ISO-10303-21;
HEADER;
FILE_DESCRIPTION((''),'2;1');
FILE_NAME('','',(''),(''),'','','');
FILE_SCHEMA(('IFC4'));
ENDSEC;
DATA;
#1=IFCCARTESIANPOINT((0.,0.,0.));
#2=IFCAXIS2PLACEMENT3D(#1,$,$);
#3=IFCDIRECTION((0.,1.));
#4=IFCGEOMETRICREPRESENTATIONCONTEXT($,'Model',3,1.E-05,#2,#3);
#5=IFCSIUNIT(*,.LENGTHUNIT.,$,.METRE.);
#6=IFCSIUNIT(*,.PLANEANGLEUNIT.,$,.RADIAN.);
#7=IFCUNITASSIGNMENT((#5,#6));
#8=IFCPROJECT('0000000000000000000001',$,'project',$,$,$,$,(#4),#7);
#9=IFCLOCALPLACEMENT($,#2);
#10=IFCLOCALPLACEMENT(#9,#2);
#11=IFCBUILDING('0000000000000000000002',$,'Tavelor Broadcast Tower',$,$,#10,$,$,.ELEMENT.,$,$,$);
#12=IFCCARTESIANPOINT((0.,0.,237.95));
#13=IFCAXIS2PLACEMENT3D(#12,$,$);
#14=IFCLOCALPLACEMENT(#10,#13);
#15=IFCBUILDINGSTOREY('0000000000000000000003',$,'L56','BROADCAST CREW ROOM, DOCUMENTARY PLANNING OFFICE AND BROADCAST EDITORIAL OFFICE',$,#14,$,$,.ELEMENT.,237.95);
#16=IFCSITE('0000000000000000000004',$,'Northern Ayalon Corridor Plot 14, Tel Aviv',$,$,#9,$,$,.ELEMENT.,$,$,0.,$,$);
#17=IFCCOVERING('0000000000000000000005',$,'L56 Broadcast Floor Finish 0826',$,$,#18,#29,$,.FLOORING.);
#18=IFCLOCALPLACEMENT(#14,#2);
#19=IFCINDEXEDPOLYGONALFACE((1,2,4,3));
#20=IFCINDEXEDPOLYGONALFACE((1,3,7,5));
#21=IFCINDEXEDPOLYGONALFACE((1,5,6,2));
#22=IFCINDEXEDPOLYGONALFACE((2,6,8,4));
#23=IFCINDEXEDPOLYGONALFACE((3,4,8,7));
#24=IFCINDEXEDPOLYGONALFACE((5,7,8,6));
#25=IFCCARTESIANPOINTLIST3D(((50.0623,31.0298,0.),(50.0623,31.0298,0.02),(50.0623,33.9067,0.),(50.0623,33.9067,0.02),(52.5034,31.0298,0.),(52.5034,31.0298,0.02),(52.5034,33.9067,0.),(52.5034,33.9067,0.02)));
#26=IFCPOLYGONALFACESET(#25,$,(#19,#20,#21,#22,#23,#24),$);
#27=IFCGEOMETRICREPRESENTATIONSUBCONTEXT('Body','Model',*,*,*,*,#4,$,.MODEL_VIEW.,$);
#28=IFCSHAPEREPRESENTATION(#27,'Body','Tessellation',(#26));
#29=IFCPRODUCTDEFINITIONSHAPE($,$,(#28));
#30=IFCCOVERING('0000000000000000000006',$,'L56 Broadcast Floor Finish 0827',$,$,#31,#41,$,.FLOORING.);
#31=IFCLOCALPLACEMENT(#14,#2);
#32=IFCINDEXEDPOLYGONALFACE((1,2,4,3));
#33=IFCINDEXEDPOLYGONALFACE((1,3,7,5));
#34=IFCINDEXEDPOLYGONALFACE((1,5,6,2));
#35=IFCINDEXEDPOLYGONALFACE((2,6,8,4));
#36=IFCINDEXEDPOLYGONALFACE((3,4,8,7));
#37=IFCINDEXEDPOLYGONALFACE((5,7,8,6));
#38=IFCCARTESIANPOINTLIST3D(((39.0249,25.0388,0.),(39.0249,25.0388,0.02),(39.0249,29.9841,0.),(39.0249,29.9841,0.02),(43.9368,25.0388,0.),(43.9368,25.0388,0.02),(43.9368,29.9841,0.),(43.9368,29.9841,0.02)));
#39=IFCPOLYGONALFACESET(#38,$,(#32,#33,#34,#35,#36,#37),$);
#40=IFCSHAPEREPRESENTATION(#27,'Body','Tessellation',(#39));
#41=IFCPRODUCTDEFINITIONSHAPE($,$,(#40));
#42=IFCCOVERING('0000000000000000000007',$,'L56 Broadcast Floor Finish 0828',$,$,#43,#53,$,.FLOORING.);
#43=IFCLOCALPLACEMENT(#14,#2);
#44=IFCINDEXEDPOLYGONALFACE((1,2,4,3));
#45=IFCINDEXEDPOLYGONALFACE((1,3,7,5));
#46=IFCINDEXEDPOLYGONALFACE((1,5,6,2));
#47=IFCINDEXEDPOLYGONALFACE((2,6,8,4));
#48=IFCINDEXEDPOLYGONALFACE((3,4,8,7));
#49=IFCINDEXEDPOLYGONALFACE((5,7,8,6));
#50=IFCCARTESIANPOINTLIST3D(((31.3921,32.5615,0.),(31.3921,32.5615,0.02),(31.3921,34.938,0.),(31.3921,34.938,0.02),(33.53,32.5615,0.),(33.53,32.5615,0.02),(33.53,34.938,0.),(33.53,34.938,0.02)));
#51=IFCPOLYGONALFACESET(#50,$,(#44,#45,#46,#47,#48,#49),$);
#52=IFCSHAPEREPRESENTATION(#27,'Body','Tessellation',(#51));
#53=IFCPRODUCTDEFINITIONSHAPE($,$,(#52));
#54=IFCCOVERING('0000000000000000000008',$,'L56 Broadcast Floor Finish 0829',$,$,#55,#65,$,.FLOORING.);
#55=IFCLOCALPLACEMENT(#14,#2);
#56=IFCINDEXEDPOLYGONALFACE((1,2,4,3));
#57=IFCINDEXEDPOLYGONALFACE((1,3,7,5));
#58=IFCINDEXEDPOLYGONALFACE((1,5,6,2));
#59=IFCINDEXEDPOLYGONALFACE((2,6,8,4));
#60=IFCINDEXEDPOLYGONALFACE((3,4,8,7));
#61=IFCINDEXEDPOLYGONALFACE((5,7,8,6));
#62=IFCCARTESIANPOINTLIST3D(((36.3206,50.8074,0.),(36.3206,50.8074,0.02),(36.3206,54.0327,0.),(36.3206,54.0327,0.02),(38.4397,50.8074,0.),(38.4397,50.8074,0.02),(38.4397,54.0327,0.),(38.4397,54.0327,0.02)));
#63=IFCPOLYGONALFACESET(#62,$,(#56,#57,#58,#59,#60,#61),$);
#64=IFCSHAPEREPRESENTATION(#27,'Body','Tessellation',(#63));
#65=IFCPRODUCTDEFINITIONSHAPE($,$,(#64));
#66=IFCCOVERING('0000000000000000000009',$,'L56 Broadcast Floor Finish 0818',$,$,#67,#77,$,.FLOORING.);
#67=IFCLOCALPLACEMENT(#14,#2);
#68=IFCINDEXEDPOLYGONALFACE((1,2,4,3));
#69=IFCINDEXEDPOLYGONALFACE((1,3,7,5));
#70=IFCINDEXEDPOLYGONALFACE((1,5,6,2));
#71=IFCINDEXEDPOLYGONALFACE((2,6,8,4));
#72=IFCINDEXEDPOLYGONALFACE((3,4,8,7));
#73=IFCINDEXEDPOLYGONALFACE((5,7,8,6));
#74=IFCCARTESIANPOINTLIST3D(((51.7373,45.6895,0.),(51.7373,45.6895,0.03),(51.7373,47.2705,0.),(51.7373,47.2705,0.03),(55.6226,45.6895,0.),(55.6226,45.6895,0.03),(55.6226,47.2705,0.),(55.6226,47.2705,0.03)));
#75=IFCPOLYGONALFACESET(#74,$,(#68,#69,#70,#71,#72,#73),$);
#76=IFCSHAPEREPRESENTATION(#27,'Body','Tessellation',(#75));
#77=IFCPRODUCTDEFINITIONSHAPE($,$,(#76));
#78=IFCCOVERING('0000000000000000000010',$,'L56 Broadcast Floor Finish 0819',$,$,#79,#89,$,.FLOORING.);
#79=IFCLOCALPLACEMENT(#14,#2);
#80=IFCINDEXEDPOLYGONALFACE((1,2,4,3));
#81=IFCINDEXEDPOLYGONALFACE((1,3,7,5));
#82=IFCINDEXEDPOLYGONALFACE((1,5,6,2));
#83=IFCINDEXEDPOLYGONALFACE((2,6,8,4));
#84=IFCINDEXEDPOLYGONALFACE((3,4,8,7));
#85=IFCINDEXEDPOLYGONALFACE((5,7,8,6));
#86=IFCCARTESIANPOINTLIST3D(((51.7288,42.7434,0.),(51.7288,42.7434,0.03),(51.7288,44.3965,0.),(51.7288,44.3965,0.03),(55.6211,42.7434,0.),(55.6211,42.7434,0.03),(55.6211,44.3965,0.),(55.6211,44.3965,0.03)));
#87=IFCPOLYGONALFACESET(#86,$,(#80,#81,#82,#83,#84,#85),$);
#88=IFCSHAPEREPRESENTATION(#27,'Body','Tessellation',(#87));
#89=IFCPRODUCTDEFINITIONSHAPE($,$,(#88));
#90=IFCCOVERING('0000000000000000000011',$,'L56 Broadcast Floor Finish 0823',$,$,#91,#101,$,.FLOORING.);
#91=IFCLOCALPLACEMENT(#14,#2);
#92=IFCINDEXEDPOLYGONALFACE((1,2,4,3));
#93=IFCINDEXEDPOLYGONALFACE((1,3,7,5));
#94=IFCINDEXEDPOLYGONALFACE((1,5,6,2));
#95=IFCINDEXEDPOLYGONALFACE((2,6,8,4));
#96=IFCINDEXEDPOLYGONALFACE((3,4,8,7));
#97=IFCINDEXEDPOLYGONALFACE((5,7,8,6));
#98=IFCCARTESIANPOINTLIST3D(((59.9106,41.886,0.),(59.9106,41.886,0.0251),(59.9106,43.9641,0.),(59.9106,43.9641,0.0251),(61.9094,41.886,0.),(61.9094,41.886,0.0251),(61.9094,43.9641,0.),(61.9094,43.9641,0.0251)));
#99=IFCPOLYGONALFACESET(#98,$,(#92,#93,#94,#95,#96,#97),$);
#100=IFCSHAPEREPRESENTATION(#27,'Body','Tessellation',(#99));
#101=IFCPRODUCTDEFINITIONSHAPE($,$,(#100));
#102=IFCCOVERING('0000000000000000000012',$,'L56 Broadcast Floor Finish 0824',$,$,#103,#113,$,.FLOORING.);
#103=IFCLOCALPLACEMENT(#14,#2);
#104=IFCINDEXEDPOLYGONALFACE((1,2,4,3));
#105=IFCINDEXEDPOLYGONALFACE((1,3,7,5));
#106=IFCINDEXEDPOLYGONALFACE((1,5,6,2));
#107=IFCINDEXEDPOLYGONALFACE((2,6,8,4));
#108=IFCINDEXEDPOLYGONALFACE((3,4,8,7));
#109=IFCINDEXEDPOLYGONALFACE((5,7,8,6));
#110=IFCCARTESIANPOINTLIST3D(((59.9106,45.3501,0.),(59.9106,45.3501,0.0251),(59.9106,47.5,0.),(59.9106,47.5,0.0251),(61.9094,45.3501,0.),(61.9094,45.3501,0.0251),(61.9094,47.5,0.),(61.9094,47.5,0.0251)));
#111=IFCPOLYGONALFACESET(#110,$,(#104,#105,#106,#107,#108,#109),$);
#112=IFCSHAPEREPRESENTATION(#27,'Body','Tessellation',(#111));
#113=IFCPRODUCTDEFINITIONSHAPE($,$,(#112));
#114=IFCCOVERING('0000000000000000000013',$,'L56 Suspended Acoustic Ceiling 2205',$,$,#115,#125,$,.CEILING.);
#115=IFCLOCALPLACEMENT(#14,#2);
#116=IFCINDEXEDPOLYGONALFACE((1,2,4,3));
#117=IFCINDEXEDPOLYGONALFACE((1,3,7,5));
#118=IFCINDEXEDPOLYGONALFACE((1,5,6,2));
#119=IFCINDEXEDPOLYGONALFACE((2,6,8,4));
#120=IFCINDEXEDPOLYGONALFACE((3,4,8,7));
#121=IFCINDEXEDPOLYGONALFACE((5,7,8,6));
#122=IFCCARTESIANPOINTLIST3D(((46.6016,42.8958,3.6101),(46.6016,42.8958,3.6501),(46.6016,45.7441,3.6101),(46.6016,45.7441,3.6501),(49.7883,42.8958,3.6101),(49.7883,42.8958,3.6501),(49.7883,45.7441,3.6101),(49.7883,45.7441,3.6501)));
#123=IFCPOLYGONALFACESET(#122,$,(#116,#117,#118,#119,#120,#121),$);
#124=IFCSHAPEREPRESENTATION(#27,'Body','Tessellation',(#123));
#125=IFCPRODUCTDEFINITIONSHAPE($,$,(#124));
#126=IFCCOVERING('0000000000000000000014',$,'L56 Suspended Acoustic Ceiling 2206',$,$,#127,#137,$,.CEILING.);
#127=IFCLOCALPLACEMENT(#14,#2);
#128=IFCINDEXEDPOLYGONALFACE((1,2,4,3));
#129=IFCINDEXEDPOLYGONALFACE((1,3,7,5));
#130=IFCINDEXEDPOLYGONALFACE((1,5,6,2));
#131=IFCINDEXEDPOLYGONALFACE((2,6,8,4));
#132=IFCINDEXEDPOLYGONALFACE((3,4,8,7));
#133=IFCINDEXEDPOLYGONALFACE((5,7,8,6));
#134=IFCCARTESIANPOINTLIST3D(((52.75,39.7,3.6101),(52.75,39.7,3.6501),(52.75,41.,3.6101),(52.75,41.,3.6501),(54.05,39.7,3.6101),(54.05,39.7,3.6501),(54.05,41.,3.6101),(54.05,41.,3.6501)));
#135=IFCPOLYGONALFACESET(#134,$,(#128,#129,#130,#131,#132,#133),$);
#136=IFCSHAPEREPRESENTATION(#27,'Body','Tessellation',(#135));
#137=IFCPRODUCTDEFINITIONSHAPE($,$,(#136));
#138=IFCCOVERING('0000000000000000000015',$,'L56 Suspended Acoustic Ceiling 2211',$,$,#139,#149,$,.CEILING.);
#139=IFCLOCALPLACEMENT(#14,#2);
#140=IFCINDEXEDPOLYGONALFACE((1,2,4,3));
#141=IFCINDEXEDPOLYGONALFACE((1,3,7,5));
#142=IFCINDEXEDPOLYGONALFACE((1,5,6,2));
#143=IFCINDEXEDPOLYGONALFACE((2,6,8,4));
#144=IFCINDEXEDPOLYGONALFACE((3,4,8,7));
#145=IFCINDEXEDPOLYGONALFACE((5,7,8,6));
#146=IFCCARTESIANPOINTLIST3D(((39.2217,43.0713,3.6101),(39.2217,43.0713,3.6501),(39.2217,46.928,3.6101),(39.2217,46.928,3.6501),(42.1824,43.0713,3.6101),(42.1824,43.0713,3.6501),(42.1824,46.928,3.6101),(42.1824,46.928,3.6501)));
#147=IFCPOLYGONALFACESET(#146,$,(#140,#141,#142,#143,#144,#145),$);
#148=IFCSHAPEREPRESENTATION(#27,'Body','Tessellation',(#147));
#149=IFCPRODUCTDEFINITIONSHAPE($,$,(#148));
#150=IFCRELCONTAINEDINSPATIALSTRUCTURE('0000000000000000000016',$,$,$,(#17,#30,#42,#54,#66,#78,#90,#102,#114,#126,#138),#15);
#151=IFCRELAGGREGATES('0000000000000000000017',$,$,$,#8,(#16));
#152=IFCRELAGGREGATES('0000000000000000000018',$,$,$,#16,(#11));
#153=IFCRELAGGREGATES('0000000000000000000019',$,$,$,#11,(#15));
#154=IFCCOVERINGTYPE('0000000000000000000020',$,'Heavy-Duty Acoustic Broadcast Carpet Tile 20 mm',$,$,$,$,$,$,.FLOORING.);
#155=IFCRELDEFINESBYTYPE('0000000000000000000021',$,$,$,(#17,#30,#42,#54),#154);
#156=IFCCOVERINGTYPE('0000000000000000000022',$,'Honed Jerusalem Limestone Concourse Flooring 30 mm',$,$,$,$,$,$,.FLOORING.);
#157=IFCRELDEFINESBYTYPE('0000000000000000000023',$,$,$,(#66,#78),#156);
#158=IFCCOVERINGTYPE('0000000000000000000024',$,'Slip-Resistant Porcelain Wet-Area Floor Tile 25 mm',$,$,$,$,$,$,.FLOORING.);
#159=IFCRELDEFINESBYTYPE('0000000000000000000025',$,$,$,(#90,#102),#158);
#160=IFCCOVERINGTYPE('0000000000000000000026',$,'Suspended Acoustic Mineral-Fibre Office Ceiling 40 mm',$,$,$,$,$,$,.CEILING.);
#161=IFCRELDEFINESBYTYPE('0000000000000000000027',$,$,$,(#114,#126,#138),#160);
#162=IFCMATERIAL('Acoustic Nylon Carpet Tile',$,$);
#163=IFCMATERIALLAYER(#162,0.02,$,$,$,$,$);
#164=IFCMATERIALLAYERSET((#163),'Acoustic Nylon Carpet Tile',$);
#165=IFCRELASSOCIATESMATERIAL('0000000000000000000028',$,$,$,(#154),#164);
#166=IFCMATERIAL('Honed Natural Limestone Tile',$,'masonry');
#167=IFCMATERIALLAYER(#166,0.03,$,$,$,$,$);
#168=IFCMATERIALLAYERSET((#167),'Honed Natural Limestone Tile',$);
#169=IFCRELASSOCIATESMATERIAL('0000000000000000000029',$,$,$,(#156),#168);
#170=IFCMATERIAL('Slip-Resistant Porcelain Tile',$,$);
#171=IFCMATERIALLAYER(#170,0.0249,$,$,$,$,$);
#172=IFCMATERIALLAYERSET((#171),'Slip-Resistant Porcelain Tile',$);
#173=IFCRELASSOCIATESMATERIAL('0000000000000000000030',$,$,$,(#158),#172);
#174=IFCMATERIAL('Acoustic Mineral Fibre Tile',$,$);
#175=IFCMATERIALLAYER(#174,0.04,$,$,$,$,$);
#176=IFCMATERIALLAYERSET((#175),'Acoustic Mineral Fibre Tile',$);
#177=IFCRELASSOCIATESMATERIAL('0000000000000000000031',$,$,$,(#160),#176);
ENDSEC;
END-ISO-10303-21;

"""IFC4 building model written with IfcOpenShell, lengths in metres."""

from ifc_helpers import new_model, si_unit, direction, frame, origin, place, context, subcontext, project, spatial, polyline, outline, extrude, material, layer, layer_set, type_object, element, save


model = new_model("IFC4")

# Units and contexts
model_context = context("Model", 3, precision=1e-05, world=origin(), true_north=direction((0.0, 1.0)))
body_context = subcontext(model_context, "Body", "Model", "MODEL_VIEW")
ifc_project = project(units=[si_unit("LENGTHUNIT", "METRE"), si_unit("PLANEANGLEUNIT", "RADIAN")], contexts=[model_context])

# Site, building, storey
site_placement = place(None, origin())
site = spatial("IfcSite", under=ifc_project, at=site_placement, Name="Northern Ayalon Corridor Plot 14, Tel Aviv", CompositionType="ELEMENT", RefElevation=0.0)
building_placement = place(site_placement, origin())
building = spatial("IfcBuilding", under=site, at=building_placement, Name="Tavelor Broadcast Tower", CompositionType="ELEMENT")
storey_placement = place(building_placement, frame((0.0, 0.0, 237.95)))
storey = spatial("IfcBuildingStorey", under=building, at=storey_placement, Name="L56", Description="BROADCAST CREW ROOM, DOCUMENTARY PLANNING OFFICE AND BROADCAST EDITORIAL OFFICE", CompositionType="ELEMENT", Elevation=237.95)

# Coverings
ifc_material_1 = material(Name="Acoustic Nylon Carpet Tile")
ifc_layer_1 = layer(ifc_material_1, 0.02)
ifc_layer_set_1 = layer_set([ifc_layer_1], Name="Acoustic Nylon Carpet Tile")
covering_type_1 = type_object("IfcCoveringType", Name="Heavy-Duty Acoustic Broadcast Carpet Tile 20 mm", PredefinedType="FLOORING", material=ifc_layer_set_1)
covering_1_placement = place(storey_placement, origin())
element("IfcCovering", 1, at=covering_1_placement, inside=storey, type_object=covering_type_1, Name="L56 Broadcast Floor Finish 0826", PredefinedType="FLOORING", context=body_context, shape_type="SweptSolid", body=[
    extrude(outline(polyline([(50.0623, 31.0298), (52.5034, 31.0298), (52.5034, 33.9067), (50.0623, 33.9067), (50.0623, 31.0298)])), origin(), (0.0, 0.0, 1.0), 0.02),
])
covering_2_placement = place(storey_placement, origin())
element("IfcCovering", 2, at=covering_2_placement, inside=storey, type_object=covering_type_1, Name="L56 Broadcast Floor Finish 0827", PredefinedType="FLOORING", context=body_context, shape_type="SweptSolid", body=[
    extrude(outline(polyline([(39.0249, 25.0388), (43.9368, 25.0388), (43.9368, 29.9841), (39.0249, 29.9841), (39.0249, 25.0388)])), origin(), (0.0, 0.0, 1.0), 0.02),
])
covering_3_placement = place(storey_placement, origin())
element("IfcCovering", 3, at=covering_3_placement, inside=storey, type_object=covering_type_1, Name="L56 Broadcast Floor Finish 0828", PredefinedType="FLOORING", context=body_context, shape_type="SweptSolid", body=[
    extrude(outline(polyline([(31.3921, 32.5615), (33.53, 32.5615), (33.53, 34.938), (31.3921, 34.938), (31.3921, 32.5615)])), origin(), (0.0, 0.0, 1.0), 0.02),
])
covering_4_placement = place(storey_placement, origin())
element("IfcCovering", 4, at=covering_4_placement, inside=storey, type_object=covering_type_1, Name="L56 Broadcast Floor Finish 0829", PredefinedType="FLOORING", context=body_context, shape_type="SweptSolid", body=[
    extrude(outline(polyline([(36.3206, 50.8074), (38.4397, 50.8074), (38.4397, 54.0327), (36.3206, 54.0327), (36.3206, 50.8074)])), origin(), (0.0, 0.0, 1.0), 0.02),
])
ifc_material_2 = material(Name="Honed Natural Limestone Tile", Category="masonry")
ifc_layer_2 = layer(ifc_material_2, 0.03)
ifc_layer_set_2 = layer_set([ifc_layer_2], Name="Honed Natural Limestone Tile")
covering_type_2 = type_object("IfcCoveringType", Name="Honed Jerusalem Limestone Concourse Flooring 30 mm", PredefinedType="FLOORING", material=ifc_layer_set_2)
covering_5_placement = place(storey_placement, origin())
element("IfcCovering", 5, at=covering_5_placement, inside=storey, type_object=covering_type_2, Name="L56 Broadcast Floor Finish 0818", PredefinedType="FLOORING", context=body_context, shape_type="SweptSolid", body=[
    extrude(outline(polyline([(51.7373, 45.6895), (55.6226, 45.6895), (55.6226, 47.2705), (51.7373, 47.2705), (51.7373, 45.6895)])), origin(), (0.0, 0.0, 1.0), 0.03),
])
covering_6_placement = place(storey_placement, origin())
element("IfcCovering", 6, at=covering_6_placement, inside=storey, type_object=covering_type_2, Name="L56 Broadcast Floor Finish 0819", PredefinedType="FLOORING", context=body_context, shape_type="SweptSolid", body=[
    extrude(outline(polyline([(51.7288, 42.7434), (55.6211, 42.7434), (55.6211, 44.3965), (51.7288, 44.3965), (51.7288, 42.7434)])), origin(), (0.0, 0.0, 1.0), 0.03),
])
ifc_material_3 = material(Name="Slip-Resistant Porcelain Tile")
ifc_layer_3 = layer(ifc_material_3, 0.0249)
ifc_layer_set_3 = layer_set([ifc_layer_3], Name="Slip-Resistant Porcelain Tile")
covering_type_3 = type_object("IfcCoveringType", Name="Slip-Resistant Porcelain Wet-Area Floor Tile 25 mm", PredefinedType="FLOORING", material=ifc_layer_set_3)
covering_7_placement = place(storey_placement, origin())
element("IfcCovering", 7, at=covering_7_placement, inside=storey, type_object=covering_type_3, Name="L56 Broadcast Floor Finish 0823", PredefinedType="FLOORING", context=body_context, shape_type="SweptSolid", body=[
    extrude(outline(polyline([(59.9106, 41.886), (61.9094, 41.886), (61.9094, 43.9641), (59.9106, 43.9641), (59.9106, 41.886)])), origin(), (0.0, 0.0, 1.0), 0.0251),
])
covering_8_placement = place(storey_placement, origin())
element("IfcCovering", 8, at=covering_8_placement, inside=storey, type_object=covering_type_3, Name="L56 Broadcast Floor Finish 0824", PredefinedType="FLOORING", context=body_context, shape_type="SweptSolid", body=[
    extrude(outline(polyline([(59.9106, 45.3501), (61.9094, 45.3501), (61.9094, 47.5), (59.9106, 47.5), (59.9106, 45.3501)])), origin(), (0.0, 0.0, 1.0), 0.0251),
])
ifc_material_4 = material(Name="Acoustic Mineral Fibre Tile")
ifc_layer_4 = layer(ifc_material_4, 0.04)
ifc_layer_set_4 = layer_set([ifc_layer_4], Name="Acoustic Mineral Fibre Tile")
covering_type_4 = type_object("IfcCoveringType", Name="Suspended Acoustic Mineral-Fibre Office Ceiling 40 mm", PredefinedType="CEILING", material=ifc_layer_set_4)
covering_9_placement = place(storey_placement, frame((0.0, 0.0, 3.6101)))
element("IfcCovering", 9, at=covering_9_placement, inside=storey, type_object=covering_type_4, Name="L56 Suspended Acoustic Ceiling 2205", PredefinedType="CEILING", context=body_context, shape_type="SweptSolid", body=[
    extrude(outline(polyline([(46.6016, 42.8958), (49.7883, 42.8958), (49.7883, 45.7441), (46.6016, 45.7441), (46.6016, 42.8958)])), origin(), (0.0, 0.0, 1.0), 0.04),
])
covering_10_placement = place(storey_placement, frame((0.0, 0.0, 3.6101)))
element("IfcCovering", 10, at=covering_10_placement, inside=storey, type_object=covering_type_4, Name="L56 Suspended Acoustic Ceiling 2206", PredefinedType="CEILING", context=body_context, shape_type="SweptSolid", body=[
    extrude(outline(polyline([(52.75, 39.7), (54.05, 39.7), (54.05, 41.0), (52.75, 41.0), (52.75, 39.7)])), origin(), (0.0, 0.0, 1.0), 0.04),
])
covering_11_placement = place(storey_placement, frame((0.0, 0.0, 3.6101)))
element("IfcCovering", 11, at=covering_11_placement, inside=storey, type_object=covering_type_4, Name="L56 Suspended Acoustic Ceiling 2211", PredefinedType="CEILING", context=body_context, shape_type="SweptSolid", body=[
    extrude(outline(polyline([(39.2217, 43.0713), (42.1824, 43.0713), (42.1824, 46.928), (39.2217, 46.928), (39.2217, 43.0713)])), origin(), (0.0, 0.0, 1.0), 0.04),
])

save(model, "model.ifc")
